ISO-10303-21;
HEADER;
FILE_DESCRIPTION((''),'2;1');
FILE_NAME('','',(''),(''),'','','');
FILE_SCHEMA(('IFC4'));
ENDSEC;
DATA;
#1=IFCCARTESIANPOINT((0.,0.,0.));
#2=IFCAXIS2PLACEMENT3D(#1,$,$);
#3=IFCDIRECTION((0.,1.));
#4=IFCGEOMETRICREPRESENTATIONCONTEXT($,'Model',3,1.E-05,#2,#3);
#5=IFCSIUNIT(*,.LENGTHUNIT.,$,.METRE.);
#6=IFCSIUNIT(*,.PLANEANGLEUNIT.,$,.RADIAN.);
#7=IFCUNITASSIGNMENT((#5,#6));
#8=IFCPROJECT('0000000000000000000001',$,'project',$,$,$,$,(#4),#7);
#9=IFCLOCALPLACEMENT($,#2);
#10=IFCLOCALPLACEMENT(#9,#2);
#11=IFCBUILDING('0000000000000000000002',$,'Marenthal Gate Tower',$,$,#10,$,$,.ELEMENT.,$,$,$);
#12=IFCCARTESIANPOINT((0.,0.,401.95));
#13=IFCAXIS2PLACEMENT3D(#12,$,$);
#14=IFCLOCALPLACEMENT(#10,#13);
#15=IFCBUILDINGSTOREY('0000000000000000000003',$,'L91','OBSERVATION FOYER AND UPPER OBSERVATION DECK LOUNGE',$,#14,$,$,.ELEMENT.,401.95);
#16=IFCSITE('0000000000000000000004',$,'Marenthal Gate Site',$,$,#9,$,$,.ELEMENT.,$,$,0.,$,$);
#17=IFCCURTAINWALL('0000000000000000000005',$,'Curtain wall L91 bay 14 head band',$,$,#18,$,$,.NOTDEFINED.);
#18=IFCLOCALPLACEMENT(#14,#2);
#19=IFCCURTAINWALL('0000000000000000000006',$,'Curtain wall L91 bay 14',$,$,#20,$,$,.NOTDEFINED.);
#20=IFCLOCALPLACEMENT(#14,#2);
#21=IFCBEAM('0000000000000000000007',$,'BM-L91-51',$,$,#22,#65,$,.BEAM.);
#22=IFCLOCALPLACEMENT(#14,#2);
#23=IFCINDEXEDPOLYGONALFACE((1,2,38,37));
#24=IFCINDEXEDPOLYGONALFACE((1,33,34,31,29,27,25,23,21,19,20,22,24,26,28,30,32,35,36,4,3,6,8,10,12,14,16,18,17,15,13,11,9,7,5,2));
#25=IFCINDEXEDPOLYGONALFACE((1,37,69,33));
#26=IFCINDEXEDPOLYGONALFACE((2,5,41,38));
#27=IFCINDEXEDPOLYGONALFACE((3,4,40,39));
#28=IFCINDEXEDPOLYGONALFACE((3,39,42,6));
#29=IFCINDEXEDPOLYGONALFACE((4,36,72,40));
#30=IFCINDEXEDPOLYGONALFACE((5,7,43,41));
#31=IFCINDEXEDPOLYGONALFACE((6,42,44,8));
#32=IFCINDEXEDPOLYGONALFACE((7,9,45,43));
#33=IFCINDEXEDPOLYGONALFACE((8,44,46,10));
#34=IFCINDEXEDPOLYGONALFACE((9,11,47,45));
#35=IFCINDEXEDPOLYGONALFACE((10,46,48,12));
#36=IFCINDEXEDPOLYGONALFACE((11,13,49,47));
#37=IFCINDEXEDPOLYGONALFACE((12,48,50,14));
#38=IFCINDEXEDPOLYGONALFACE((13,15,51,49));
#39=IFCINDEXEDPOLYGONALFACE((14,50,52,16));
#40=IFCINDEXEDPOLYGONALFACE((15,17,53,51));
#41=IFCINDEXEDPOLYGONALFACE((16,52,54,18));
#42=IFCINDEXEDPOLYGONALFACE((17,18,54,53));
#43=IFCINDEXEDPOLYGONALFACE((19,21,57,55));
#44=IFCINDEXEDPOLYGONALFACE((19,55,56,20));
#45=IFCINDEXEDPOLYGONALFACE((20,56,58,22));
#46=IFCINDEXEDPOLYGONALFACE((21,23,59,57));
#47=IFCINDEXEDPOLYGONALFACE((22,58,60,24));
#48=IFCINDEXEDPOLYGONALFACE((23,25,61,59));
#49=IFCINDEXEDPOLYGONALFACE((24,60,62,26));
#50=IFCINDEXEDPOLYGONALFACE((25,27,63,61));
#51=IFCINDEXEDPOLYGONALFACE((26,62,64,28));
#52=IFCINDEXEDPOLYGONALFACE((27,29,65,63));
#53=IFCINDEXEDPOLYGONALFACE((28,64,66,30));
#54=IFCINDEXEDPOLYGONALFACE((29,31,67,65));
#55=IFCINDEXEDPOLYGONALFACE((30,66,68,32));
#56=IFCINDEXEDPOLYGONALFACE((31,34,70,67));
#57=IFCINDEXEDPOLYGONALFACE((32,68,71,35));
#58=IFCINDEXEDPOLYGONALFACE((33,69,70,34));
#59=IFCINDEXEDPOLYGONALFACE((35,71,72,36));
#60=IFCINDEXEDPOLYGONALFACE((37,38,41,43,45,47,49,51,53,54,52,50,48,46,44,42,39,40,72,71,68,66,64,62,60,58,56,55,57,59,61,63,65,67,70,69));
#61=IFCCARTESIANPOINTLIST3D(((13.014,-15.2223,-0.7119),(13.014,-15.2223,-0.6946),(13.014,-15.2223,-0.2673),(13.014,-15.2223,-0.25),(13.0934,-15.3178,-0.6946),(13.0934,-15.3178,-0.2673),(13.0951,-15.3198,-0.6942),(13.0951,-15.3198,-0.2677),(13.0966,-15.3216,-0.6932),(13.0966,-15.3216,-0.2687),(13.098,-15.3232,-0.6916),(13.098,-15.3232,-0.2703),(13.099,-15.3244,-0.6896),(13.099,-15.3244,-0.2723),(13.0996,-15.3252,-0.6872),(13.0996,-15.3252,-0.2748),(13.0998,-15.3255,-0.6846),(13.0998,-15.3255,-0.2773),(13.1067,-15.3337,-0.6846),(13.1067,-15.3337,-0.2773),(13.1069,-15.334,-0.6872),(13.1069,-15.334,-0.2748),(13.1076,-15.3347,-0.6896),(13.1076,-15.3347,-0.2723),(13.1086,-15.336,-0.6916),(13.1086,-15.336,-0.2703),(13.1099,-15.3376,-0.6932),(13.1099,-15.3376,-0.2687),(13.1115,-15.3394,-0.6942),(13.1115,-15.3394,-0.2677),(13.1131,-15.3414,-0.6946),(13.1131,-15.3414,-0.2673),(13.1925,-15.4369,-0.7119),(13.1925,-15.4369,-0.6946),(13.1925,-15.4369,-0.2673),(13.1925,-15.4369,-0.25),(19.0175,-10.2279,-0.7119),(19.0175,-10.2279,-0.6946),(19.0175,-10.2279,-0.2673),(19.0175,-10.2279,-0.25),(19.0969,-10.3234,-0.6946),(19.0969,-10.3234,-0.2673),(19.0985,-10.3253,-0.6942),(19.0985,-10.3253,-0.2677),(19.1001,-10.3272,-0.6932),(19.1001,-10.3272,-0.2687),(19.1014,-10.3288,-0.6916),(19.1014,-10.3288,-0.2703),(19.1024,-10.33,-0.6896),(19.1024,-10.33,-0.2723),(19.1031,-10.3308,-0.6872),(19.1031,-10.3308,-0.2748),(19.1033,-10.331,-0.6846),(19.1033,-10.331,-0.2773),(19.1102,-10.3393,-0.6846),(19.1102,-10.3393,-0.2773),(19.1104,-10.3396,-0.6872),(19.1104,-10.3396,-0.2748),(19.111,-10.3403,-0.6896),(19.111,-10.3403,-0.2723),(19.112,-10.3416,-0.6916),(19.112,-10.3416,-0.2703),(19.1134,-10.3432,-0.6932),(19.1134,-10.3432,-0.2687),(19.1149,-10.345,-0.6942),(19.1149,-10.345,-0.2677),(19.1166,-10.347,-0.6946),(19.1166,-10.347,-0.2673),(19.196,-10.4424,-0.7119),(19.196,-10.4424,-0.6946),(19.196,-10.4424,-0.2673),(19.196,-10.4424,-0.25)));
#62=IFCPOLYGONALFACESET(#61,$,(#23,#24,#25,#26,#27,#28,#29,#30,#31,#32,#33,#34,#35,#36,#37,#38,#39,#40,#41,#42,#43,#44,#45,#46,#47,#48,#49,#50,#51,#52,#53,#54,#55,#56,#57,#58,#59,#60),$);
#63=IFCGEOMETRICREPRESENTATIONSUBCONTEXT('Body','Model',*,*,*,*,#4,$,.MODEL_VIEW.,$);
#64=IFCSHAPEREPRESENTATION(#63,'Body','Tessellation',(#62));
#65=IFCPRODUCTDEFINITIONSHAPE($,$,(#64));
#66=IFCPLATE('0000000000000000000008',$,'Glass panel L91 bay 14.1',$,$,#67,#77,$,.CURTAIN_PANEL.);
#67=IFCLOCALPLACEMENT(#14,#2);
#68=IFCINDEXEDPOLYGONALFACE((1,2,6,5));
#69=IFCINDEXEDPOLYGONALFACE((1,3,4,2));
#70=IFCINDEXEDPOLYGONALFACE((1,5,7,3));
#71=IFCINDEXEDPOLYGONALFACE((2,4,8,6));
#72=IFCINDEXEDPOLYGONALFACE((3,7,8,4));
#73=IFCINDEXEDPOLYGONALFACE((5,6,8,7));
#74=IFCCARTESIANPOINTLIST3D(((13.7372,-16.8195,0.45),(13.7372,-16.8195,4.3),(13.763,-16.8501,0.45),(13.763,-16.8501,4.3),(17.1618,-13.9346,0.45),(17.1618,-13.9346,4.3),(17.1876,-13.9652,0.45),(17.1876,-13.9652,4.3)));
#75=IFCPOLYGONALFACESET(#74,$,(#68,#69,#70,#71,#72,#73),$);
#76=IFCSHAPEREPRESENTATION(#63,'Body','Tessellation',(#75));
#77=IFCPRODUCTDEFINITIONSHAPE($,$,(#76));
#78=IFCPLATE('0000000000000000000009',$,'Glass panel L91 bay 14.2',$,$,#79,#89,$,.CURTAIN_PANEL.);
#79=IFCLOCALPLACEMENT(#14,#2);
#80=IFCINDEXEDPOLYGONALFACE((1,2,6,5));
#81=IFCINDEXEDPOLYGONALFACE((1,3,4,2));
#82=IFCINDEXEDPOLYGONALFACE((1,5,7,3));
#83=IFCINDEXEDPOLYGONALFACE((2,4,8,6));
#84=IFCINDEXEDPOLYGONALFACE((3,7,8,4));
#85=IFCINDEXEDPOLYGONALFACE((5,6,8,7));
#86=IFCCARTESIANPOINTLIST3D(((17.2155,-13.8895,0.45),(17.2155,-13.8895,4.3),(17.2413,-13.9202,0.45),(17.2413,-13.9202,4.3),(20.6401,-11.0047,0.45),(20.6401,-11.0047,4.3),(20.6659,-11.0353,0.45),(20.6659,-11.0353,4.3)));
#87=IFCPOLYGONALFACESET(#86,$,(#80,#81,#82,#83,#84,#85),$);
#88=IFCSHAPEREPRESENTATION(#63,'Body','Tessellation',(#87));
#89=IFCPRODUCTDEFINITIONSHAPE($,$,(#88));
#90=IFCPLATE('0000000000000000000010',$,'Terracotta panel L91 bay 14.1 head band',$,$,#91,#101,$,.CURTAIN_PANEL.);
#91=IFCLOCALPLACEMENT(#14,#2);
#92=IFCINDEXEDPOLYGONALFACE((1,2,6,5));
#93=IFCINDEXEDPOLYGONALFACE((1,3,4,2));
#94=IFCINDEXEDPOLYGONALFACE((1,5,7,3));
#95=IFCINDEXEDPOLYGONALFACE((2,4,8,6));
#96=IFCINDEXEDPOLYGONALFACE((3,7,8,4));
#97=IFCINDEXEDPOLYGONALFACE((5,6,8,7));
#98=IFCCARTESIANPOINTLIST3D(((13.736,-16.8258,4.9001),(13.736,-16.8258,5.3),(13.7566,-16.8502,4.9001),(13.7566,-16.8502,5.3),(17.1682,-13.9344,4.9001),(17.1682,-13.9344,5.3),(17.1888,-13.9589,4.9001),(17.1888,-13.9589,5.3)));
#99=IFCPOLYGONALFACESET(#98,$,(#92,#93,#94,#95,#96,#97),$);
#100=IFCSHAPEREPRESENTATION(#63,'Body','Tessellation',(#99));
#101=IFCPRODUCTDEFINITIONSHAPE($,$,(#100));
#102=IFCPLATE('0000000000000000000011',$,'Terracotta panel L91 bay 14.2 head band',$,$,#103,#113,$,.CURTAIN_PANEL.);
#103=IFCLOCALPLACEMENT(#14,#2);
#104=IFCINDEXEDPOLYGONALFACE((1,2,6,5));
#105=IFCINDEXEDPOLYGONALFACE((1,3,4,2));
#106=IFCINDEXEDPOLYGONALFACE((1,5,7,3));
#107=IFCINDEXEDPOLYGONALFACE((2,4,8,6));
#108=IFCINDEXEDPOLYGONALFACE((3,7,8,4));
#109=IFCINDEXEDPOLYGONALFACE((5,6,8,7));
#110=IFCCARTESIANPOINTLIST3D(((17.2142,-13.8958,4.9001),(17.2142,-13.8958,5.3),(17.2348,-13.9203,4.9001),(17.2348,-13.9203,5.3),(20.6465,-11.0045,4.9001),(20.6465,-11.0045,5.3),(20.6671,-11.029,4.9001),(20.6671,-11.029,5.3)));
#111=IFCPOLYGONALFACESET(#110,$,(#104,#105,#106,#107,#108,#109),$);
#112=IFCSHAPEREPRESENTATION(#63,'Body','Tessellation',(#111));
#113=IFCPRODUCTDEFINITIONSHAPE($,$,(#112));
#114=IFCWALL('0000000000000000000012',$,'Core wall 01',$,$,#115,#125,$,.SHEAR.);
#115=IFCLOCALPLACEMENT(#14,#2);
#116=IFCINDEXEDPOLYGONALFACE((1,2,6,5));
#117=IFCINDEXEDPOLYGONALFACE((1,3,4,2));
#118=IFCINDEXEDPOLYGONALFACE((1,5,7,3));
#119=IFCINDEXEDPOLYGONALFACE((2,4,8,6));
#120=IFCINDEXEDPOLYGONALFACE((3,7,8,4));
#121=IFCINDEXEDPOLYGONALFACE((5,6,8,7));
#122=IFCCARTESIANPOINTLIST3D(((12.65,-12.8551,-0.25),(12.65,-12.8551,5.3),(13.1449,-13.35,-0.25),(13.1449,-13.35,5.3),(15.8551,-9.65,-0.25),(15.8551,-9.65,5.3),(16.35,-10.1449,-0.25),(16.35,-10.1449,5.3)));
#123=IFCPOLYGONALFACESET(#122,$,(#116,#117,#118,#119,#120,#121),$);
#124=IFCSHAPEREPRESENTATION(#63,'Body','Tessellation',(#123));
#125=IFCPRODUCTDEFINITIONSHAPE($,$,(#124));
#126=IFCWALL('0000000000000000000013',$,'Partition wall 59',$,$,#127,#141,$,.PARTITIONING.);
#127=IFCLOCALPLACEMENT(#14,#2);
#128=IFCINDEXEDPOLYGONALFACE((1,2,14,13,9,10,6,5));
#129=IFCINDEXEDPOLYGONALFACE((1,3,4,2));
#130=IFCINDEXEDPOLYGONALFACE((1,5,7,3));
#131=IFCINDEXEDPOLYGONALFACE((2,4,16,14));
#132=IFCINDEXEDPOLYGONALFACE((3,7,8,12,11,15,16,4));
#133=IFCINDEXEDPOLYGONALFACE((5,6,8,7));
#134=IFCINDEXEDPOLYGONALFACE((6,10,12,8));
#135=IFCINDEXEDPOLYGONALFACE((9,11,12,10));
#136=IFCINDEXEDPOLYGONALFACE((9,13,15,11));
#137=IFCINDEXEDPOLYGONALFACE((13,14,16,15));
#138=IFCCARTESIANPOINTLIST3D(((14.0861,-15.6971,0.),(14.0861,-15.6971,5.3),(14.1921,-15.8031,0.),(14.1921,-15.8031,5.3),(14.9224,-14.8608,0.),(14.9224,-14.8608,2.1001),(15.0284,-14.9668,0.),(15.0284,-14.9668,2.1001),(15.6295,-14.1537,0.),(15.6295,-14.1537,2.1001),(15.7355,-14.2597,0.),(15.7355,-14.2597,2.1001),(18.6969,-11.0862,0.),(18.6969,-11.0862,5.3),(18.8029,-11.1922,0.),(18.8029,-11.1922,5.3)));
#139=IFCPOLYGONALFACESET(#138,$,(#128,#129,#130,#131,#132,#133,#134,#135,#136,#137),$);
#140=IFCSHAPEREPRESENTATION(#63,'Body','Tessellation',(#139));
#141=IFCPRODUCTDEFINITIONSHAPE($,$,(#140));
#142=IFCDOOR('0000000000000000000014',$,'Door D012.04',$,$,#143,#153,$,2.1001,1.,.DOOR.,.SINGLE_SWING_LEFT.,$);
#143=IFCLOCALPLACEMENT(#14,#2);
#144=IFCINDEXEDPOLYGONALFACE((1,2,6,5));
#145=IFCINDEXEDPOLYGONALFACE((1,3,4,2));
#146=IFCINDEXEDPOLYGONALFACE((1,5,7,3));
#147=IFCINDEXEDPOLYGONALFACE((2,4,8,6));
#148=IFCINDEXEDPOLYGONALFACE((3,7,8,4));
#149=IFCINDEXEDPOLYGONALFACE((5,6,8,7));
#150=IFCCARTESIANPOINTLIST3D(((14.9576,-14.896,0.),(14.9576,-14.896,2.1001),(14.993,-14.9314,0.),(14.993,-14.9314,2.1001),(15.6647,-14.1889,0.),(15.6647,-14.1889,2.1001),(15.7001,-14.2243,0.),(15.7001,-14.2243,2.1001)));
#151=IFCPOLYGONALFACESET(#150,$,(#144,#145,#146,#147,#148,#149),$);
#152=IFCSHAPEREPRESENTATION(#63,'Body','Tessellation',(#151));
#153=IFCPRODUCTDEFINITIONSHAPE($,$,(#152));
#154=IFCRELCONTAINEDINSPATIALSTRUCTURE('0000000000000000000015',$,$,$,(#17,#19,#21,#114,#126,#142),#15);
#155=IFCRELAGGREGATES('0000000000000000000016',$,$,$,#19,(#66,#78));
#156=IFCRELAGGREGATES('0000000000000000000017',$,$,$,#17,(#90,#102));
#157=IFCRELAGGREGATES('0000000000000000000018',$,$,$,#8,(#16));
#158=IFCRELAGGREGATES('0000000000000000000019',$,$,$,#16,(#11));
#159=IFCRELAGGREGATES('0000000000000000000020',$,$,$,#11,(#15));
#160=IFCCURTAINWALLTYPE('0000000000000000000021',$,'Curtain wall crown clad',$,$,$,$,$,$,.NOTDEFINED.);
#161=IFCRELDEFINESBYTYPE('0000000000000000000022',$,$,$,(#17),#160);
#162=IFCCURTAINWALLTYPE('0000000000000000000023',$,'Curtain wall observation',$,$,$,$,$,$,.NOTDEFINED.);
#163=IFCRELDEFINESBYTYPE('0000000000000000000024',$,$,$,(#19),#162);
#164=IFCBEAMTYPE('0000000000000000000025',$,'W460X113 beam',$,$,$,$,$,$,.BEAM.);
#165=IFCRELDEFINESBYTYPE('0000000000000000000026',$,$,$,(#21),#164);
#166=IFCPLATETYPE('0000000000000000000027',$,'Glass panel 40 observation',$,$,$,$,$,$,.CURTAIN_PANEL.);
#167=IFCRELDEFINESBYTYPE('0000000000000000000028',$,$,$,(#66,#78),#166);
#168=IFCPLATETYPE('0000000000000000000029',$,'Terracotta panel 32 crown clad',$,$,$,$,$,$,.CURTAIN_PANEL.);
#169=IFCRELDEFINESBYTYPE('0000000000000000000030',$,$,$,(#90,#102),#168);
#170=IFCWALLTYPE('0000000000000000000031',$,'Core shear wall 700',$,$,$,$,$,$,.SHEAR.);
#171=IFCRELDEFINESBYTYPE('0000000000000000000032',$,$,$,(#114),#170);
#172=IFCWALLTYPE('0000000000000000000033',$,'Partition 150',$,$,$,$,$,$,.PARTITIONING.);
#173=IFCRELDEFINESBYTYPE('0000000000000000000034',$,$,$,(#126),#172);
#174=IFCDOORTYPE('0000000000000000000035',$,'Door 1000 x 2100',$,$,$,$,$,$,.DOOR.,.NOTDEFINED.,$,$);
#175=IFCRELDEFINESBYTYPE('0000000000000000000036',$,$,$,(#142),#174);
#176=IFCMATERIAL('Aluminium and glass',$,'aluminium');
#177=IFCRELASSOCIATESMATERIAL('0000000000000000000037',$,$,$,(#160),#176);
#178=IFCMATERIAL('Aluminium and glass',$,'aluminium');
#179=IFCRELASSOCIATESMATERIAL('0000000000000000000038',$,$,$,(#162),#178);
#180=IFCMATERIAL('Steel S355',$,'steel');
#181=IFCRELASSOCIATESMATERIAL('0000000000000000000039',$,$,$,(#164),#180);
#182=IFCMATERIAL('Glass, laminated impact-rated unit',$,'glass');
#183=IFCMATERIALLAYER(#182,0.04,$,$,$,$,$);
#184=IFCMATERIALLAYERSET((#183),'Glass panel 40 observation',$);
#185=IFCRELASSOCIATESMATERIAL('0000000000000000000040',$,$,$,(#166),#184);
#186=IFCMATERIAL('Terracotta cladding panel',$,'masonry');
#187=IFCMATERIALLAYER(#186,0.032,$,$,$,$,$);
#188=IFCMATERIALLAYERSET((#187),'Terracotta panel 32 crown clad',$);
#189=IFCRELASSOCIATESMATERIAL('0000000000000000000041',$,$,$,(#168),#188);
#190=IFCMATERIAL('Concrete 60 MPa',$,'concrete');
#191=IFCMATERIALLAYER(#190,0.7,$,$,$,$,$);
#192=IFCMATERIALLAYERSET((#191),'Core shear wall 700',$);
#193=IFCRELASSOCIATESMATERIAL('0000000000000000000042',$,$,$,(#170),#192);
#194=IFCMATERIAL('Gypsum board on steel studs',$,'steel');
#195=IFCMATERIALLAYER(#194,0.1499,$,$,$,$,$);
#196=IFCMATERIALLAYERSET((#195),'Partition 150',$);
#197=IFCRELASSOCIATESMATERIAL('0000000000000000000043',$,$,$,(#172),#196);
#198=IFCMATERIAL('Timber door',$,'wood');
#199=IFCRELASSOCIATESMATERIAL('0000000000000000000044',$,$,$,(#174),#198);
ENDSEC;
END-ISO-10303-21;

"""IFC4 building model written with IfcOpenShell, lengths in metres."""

from ifc_helpers import new_model, si_unit, direction, frame, frame_2d, origin, origin_2d, place, context, subcontext, project, spatial, rectangle, i_section, extrude, material, layer, layer_set, material_profile, profile_set, type_object, element, fill, aggregate, save


model = new_model("IFC4")

# Units and contexts
model_context = context("Model", 3, precision=1e-05, world=origin(), true_north=direction((0.0, 1.0)))
body_context = subcontext(model_context, "Body", "Model", "MODEL_VIEW")
ifc_project = project(units=[si_unit("LENGTHUNIT", "METRE"), si_unit("PLANEANGLEUNIT", "RADIAN")], contexts=[model_context])

# Site, building, storey
site_placement = place(None, origin())
site = spatial("IfcSite", under=ifc_project, at=site_placement, Name="Marenthal Gate Site", CompositionType="ELEMENT", RefElevation=0.0)
building_placement = place(site_placement, origin())
building = spatial("IfcBuilding", under=site, at=building_placement, Name="Marenthal Gate Tower", CompositionType="ELEMENT")
storey_placement = place(building_placement, frame((0.0, 0.0, 401.95)))
storey = spatial("IfcBuildingStorey", under=building, at=storey_placement, Name="L91", Description="OBSERVATION FOYER AND UPPER OBSERVATION DECK LOUNGE", CompositionType="ELEMENT", Elevation=401.95)

# Shared definitions
ifc_material_1 = material(Name="Aluminium and glass", Category="aluminium")
curtain_wall_type_1 = type_object("IfcCurtainWallType", Name="Curtain wall crown clad", PredefinedType="NOTDEFINED", material=ifc_material_1)

# Curtain wall
curtain_wall_1_placement = place(storey_placement, origin())
curtain_wall_1 = element("IfcCurtainWall", 1, at=curtain_wall_1_placement, inside=storey, type_object=curtain_wall_type_1, Name="Curtain wall L91 bay 14 head band", PredefinedType="NOTDEFINED")

# Shared definitions
ifc_material_2 = material(Name="Aluminium and glass", Category="aluminium")
curtain_wall_type_2 = type_object("IfcCurtainWallType", Name="Curtain wall observation", PredefinedType="NOTDEFINED", material=ifc_material_2)

# Curtain wall
curtain_wall_2_placement = place(storey_placement, origin())
curtain_wall_2 = element("IfcCurtainWall", 2, at=curtain_wall_2_placement, inside=storey, type_object=curtain_wall_type_2, Name="Curtain wall L91 bay 14", PredefinedType="NOTDEFINED")

# Beam
ifc_material_3 = material(Name="Steel S355", Category="steel")
ifc_material_profile_1 = material_profile(ifc_material_3, i_section(OverallWidth=0.2791, OverallDepth=0.4619, WebThickness=0.0107, FlangeThickness=0.0173, FilletRadius=0.01, at=origin_2d()), Name="W460X113")
ifc_profile_set_1 = profile_set([ifc_material_profile_1], Name="Steel S355")
beam_type = type_object("IfcBeamType", Name="W460X113 beam", PredefinedType="BEAM", material=ifc_profile_set_1)
beam_placement = place(storey_placement, frame((13.1033, -15.3296, -0.481), z_axis=(0.768754, 0.639545, 0.0), x_axis=(-0.639545, 0.768754, 0.0)))
element("IfcBeam", 3, at=beam_placement, inside=storey, type_object=beam_type, Name="BM-L91-51", PredefinedType="BEAM", context=body_context, shape_type="SweptSolid", body=[
    extrude(i_section(OverallWidth=0.2791, OverallDepth=0.4619, WebThickness=0.0107, FlangeThickness=0.0173, FilletRadius=0.01, at=origin_2d()), origin(), (0.0, 0.0, 1.0), 7.8093),
])

# Plates
ifc_material_4 = material(Name="Glass, laminated impact-rated unit", Category="glass")
ifc_layer_1 = layer(ifc_material_4, 0.04)
ifc_layer_set_1 = layer_set([ifc_layer_1], Name="Glass panel 40 observation")
plate_type_1 = type_object("IfcPlateType", Name="Glass panel 40 observation", PredefinedType="CURTAIN_PANEL", material=ifc_layer_set_1)
plate_1_placement = place(storey_placement, frame((15.4624, -15.3923, 0.45), z_axis=(0.0, 0.0, 1.0), x_axis=(0.764802, 0.644265, 0.0)))
plate_1 = element("IfcPlate", 4, at=plate_1_placement, type_object=plate_type_1, Name="Glass panel L91 bay 14.1", PredefinedType="CURTAIN_PANEL", context=body_context, shape_type="SweptSolid", body=[
    extrude(rectangle(XDim=4.4778, YDim=0.04, at=origin_2d()), origin(), (0.0, 0.0, 1.0), 3.8501),
])
plate_2_placement = place(storey_placement, frame((18.9407, -12.4624, 0.45), z_axis=(0.0, 0.0, 1.0), x_axis=(0.764802, 0.644265, 0.0)))
plate_2 = element("IfcPlate", 5, at=plate_2_placement, type_object=plate_type_1, Name="Glass panel L91 bay 14.2", PredefinedType="CURTAIN_PANEL", context=body_context, shape_type="SweptSolid", body=[
    extrude(rectangle(XDim=4.4778, YDim=0.04, at=origin_2d()), origin(), (0.0, 0.0, 1.0), 3.8501),
])
aggregate(curtain_wall_2, [plate_1, plate_2])
ifc_material_5 = material(Name="Terracotta cladding panel", Category="masonry")
ifc_layer_2 = layer(ifc_material_5, 0.032)
ifc_layer_set_2 = layer_set([ifc_layer_2], Name="Terracotta panel 32 crown clad")
plate_type_2 = type_object("IfcPlateType", Name="Terracotta panel 32 crown clad", PredefinedType="CURTAIN_PANEL", material=ifc_layer_set_2)
plate_3_placement = place(storey_placement, frame((15.4624, -15.3923, 4.9001), z_axis=(0.0, 0.0, 1.0), x_axis=(0.764802, 0.644265, 0.0)))
plate_3 = element("IfcPlate", 6, at=plate_3_placement, type_object=plate_type_2, Name="Terracotta panel L91 bay 14.1 head band", PredefinedType="CURTAIN_PANEL", context=body_context, shape_type="SweptSolid", body=[
    extrude(rectangle(XDim=4.4878, YDim=0.032, at=origin_2d()), origin(), (0.0, 0.0, 1.0), 0.3999),
])
plate_4_placement = place(storey_placement, frame((18.9407, -12.4624, 4.9001), z_axis=(0.0, 0.0, 1.0), x_axis=(0.764802, 0.644265, 0.0)))
plate_4 = element("IfcPlate", 7, at=plate_4_placement, type_object=plate_type_2, Name="Terracotta panel L91 bay 14.2 head band", PredefinedType="CURTAIN_PANEL", context=body_context, shape_type="SweptSolid", body=[
    extrude(rectangle(XDim=4.4878, YDim=0.032, at=origin_2d()), origin(), (0.0, 0.0, 1.0), 0.3999),
])
aggregate(curtain_wall_1, [plate_3, plate_4])

# Wall
ifc_material_6 = material(Name="Concrete 60 MPa", Category="concrete")
ifc_layer_3 = layer(ifc_material_6, 0.7)
ifc_layer_set_3 = layer_set([ifc_layer_3], Name="Core shear wall 700")
wall_type_1 = type_object("IfcWallType", Name="Core shear wall 700", PredefinedType="SHEAR", material=ifc_layer_set_3)
wall_1_placement = place(storey_placement, frame((12.8975, -13.1025, -0.25), z_axis=(0.0, 0.0, 1.0), x_axis=(0.707107, 0.707107, 0.0)))
element("IfcWall", 8, at=wall_1_placement, inside=storey, type_object=wall_type_1, Name="Core wall 01", PredefinedType="SHEAR", context=body_context, shape_type="SweptSolid", body=[
    extrude(rectangle(XDim=4.5327, YDim=0.7, at=frame_2d((2.2664, 0.0))), origin(), (0.0, 0.0, 1.0), 5.55),
])

# Wall, opening, door
ifc_material_7 = material(Name="Gypsum board on steel studs", Category="steel")
ifc_layer_4 = layer(ifc_material_7, 0.1499)
ifc_layer_set_4 = layer_set([ifc_layer_4], Name="Partition 150")
wall_type_2 = type_object("IfcWallType", Name="Partition 150", PredefinedType="PARTITIONING", material=ifc_layer_set_4)
wall_2_placement = place(storey_placement, frame((14.1392, -15.75, 0.0), z_axis=(0.0, 0.0, 1.0), x_axis=(0.707107, 0.707107, 0.0)))
wall_2 = element("IfcWall", 9, at=wall_2_placement, inside=storey, type_object=wall_type_2, Name="Partition wall 59", PredefinedType="PARTITIONING", context=body_context, shape_type="SweptSolid", body=[
    extrude(rectangle(XDim=6.5208, YDim=0.1499, at=frame_2d((3.2603, 0.0))), origin(), (0.0, 0.0, 1.0), 5.3),
])
opening_1_placement = place(wall_2_placement, frame((1.1826, 0.0, 0.0)))
opening_1 = element("IfcOpeningElement", 10, at=opening_1_placement, cuts=wall_2, PredefinedType="OPENING", context=body_context, shape_type="SweptSolid", body=[
    extrude(rectangle(XDim=1.0, YDim=2.1001, at=frame_2d((0.5, 1.05))), frame((0.0, 0.085, 0.0), z_axis=(0.0, -1.0, 0.0), x_axis=(1.0, 0.0, 0.0)), (0.0, 0.0, 1.0), 0.1699),
])
ifc_material_8 = material(Name="Timber door", Category="wood")
door_type = type_object("IfcDoorType", Name="Door 1000 x 2100", OperationType="NOTDEFINED", PredefinedType="DOOR", material=ifc_material_8)
door_1_placement = place(opening_1_placement, frame((1.0, 0.0, 0.0), z_axis=(0.0, 0.0, 1.0), x_axis=(-1.0, 0.0, 0.0)))
door_1 = element("IfcDoor", 11, at=door_1_placement, inside=storey, type_object=door_type, Name="Door D012.04", OperationType="SINGLE_SWING_LEFT", OverallHeight=2.1001, OverallWidth=1.0, PredefinedType="DOOR", context=body_context, shape_type="SweptSolid", body=[
    extrude(rectangle(XDim=1.0, YDim=2.1001, at=frame_2d((0.5, 1.05))), frame((0.0, 0.0249, 0.0), z_axis=(0.0, -1.0, 0.0), x_axis=(1.0, 0.0, 0.0)), (0.0, 0.0, 1.0), 0.05),
])
fill(opening_1, door_1)

save(model, "model.ifc")
